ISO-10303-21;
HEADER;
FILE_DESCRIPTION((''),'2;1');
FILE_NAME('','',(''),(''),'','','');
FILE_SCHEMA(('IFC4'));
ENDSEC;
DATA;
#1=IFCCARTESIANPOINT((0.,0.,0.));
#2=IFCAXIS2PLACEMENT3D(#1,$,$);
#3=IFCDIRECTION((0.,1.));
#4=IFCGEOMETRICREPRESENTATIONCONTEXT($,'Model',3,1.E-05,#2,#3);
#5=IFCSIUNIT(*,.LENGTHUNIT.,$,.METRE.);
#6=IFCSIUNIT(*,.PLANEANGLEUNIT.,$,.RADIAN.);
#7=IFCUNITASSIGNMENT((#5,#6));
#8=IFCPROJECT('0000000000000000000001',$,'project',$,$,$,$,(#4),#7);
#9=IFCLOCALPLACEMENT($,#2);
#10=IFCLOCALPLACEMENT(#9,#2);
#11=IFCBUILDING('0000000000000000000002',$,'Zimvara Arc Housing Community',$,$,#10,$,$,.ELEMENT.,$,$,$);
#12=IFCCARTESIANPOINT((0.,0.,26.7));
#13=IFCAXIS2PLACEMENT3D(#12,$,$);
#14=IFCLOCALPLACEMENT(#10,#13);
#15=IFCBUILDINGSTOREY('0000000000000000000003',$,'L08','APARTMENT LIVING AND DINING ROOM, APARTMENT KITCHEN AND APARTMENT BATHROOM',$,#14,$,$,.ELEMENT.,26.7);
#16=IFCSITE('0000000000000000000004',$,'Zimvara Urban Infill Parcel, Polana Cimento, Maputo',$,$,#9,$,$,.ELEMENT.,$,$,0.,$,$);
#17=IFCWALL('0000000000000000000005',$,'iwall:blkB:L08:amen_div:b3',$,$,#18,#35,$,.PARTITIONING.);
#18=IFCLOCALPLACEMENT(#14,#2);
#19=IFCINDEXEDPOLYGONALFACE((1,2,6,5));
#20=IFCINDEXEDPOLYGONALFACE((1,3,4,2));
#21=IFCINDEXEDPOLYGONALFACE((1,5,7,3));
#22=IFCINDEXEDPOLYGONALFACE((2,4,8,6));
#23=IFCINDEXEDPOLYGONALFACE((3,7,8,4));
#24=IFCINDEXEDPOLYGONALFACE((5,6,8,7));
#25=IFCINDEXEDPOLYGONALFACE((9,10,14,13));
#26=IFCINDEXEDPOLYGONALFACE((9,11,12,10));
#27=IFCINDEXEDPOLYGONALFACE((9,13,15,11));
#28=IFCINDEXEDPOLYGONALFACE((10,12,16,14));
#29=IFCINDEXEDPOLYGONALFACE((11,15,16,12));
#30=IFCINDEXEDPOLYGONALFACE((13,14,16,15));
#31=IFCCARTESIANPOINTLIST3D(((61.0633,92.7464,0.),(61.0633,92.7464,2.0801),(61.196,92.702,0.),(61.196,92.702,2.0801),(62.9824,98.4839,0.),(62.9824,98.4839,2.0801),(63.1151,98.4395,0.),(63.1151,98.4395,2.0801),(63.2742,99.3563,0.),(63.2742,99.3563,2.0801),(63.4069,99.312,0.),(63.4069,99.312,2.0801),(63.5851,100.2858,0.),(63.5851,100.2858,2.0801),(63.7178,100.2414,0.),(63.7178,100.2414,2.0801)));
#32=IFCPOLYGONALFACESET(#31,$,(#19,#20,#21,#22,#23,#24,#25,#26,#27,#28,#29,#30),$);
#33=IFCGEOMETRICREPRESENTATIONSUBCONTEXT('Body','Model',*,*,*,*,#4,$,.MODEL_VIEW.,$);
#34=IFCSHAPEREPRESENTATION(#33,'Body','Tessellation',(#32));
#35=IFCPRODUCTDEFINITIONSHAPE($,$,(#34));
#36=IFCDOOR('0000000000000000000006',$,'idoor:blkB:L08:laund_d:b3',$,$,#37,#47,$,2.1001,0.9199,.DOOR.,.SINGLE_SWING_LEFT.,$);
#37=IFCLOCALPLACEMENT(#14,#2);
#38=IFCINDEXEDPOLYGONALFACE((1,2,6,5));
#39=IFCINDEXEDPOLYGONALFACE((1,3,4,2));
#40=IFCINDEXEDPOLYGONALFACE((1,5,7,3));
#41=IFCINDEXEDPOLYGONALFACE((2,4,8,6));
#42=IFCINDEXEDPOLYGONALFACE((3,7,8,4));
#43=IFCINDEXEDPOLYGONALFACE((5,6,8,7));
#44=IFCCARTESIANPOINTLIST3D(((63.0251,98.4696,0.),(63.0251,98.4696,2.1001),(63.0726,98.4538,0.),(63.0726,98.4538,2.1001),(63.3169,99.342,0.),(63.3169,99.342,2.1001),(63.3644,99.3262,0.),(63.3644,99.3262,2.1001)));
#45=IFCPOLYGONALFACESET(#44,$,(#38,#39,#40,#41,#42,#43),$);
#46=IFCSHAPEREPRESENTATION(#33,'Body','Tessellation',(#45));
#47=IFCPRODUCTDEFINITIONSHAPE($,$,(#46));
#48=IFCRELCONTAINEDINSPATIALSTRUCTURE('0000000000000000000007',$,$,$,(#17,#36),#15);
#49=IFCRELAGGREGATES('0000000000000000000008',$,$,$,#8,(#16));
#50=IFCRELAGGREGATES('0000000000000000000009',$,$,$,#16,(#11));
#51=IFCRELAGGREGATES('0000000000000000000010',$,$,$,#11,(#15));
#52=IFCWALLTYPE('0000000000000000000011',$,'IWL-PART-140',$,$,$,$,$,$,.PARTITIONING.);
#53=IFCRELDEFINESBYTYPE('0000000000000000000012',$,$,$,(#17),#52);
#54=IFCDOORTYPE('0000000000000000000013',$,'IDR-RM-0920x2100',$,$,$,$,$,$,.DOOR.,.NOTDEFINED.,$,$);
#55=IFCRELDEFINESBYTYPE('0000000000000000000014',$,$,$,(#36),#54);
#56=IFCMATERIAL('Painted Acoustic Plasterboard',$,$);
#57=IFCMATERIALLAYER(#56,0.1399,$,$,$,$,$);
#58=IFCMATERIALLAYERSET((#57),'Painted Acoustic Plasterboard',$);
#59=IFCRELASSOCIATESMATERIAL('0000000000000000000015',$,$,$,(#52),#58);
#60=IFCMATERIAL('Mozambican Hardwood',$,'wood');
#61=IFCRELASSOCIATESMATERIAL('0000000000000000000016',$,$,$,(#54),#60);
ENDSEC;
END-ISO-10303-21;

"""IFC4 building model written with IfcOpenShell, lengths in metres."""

from ifc_helpers import new_model, si_unit, direction, frame, frame_2d, origin, place, context, subcontext, project, spatial, rectangle, extrude, material, layer, layer_set, type_object, element, fill, save


model = new_model("IFC4")

# Units and contexts
model_context = context("Model", 3, precision=1e-05, world=origin(), true_north=direction((0.0, 1.0)))
body_context = subcontext(model_context, "Body", "Model", "MODEL_VIEW")
ifc_project = project(units=[si_unit("LENGTHUNIT", "METRE"), si_unit("PLANEANGLEUNIT", "RADIAN")], contexts=[model_context])

# Site, building, storey
site_placement = place(None, origin())
site = spatial("IfcSite", under=ifc_project, at=site_placement, Name="Zimvara Urban Infill Parcel, Polana Cimento, Maputo", CompositionType="ELEMENT", RefElevation=0.0)
building_placement = place(site_placement, origin())
building = spatial("IfcBuilding", under=site, at=building_placement, Name="Zimvara Arc Housing Community", CompositionType="ELEMENT")
storey_placement = place(building_placement, frame((0.0, 0.0, 26.7)))
storey = spatial("IfcBuildingStorey", under=building, at=storey_placement, Name="L08", Description="APARTMENT LIVING AND DINING ROOM, APARTMENT KITCHEN AND APARTMENT BATHROOM", CompositionType="ELEMENT", Elevation=26.7)

# Wall, opening, door
ifc_material_1 = material(Name="Painted Acoustic Plasterboard")
ifc_layer_1 = layer(ifc_material_1, 0.1399)
ifc_layer_set_1 = layer_set([ifc_layer_1], Name="Painted Acoustic Plasterboard")
wall_type_1 = type_object("IfcWallType", Name="IWL-PART-140", PredefinedType="PARTITIONING", material=ifc_layer_set_1)
wall_1_placement = place(storey_placement, frame((61.1296, 92.7241, 0.0), z_axis=(0.0, 0.0, 1.0), x_axis=(0.317204, 0.948357, 0.0)))
wall_1 = element("IfcWall", 1, at=wall_1_placement, inside=storey, type_object=wall_type_1, Name="iwall:blkB:L08:amen_div:b3", PredefinedType="PARTITIONING", context=body_context, shape_type="SweptSolid", body=[
    extrude(rectangle(XDim=7.95, YDim=0.1399, at=frame_2d((3.9751, 0.0))), origin(), (0.0, 0.0, 1.0), 2.0801),
])
opening_1_placement = place(wall_1_placement, frame((6.05, 0.0, 0.0)))
opening_1 = element("IfcOpeningElement", 2, at=opening_1_placement, cuts=wall_1, PredefinedType="OPENING", context=body_context, shape_type="SweptSolid", body=[
    extrude(rectangle(XDim=0.9199, YDim=2.1001, at=frame_2d((0.46, 1.05))), frame((0.0, 0.0798, 0.0), z_axis=(0.0, -1.0, 0.0), x_axis=(1.0, 0.0, 0.0)), (0.0, 0.0, 1.0), 0.1599),
])
ifc_material_2 = material(Name="Mozambican Hardwood", Category="wood")
door_type_1 = type_object("IfcDoorType", Name="IDR-RM-0920x2100", OperationType="NOTDEFINED", PredefinedType="DOOR", material=ifc_material_2)
door_1_placement = place(opening_1_placement, origin())
door_1 = element("IfcDoor", 3, at=door_1_placement, inside=storey, type_object=door_type_1, Name="idoor:blkB:L08:laund_d:b3", OperationType="SINGLE_SWING_LEFT", OverallHeight=2.1001, OverallWidth=0.9199, PredefinedType="DOOR", context=body_context, shape_type="SweptSolid", body=[
    extrude(rectangle(XDim=0.9199, YDim=2.1001, at=frame_2d((0.46, 1.05))), frame((0.0, 0.0249, 0.0), z_axis=(0.0, -1.0, 0.0), x_axis=(1.0, 0.0, 0.0)), (0.0, 0.0, 1.0), 0.05),
])
fill(opening_1, door_1)

save(model, "model.ifc")
